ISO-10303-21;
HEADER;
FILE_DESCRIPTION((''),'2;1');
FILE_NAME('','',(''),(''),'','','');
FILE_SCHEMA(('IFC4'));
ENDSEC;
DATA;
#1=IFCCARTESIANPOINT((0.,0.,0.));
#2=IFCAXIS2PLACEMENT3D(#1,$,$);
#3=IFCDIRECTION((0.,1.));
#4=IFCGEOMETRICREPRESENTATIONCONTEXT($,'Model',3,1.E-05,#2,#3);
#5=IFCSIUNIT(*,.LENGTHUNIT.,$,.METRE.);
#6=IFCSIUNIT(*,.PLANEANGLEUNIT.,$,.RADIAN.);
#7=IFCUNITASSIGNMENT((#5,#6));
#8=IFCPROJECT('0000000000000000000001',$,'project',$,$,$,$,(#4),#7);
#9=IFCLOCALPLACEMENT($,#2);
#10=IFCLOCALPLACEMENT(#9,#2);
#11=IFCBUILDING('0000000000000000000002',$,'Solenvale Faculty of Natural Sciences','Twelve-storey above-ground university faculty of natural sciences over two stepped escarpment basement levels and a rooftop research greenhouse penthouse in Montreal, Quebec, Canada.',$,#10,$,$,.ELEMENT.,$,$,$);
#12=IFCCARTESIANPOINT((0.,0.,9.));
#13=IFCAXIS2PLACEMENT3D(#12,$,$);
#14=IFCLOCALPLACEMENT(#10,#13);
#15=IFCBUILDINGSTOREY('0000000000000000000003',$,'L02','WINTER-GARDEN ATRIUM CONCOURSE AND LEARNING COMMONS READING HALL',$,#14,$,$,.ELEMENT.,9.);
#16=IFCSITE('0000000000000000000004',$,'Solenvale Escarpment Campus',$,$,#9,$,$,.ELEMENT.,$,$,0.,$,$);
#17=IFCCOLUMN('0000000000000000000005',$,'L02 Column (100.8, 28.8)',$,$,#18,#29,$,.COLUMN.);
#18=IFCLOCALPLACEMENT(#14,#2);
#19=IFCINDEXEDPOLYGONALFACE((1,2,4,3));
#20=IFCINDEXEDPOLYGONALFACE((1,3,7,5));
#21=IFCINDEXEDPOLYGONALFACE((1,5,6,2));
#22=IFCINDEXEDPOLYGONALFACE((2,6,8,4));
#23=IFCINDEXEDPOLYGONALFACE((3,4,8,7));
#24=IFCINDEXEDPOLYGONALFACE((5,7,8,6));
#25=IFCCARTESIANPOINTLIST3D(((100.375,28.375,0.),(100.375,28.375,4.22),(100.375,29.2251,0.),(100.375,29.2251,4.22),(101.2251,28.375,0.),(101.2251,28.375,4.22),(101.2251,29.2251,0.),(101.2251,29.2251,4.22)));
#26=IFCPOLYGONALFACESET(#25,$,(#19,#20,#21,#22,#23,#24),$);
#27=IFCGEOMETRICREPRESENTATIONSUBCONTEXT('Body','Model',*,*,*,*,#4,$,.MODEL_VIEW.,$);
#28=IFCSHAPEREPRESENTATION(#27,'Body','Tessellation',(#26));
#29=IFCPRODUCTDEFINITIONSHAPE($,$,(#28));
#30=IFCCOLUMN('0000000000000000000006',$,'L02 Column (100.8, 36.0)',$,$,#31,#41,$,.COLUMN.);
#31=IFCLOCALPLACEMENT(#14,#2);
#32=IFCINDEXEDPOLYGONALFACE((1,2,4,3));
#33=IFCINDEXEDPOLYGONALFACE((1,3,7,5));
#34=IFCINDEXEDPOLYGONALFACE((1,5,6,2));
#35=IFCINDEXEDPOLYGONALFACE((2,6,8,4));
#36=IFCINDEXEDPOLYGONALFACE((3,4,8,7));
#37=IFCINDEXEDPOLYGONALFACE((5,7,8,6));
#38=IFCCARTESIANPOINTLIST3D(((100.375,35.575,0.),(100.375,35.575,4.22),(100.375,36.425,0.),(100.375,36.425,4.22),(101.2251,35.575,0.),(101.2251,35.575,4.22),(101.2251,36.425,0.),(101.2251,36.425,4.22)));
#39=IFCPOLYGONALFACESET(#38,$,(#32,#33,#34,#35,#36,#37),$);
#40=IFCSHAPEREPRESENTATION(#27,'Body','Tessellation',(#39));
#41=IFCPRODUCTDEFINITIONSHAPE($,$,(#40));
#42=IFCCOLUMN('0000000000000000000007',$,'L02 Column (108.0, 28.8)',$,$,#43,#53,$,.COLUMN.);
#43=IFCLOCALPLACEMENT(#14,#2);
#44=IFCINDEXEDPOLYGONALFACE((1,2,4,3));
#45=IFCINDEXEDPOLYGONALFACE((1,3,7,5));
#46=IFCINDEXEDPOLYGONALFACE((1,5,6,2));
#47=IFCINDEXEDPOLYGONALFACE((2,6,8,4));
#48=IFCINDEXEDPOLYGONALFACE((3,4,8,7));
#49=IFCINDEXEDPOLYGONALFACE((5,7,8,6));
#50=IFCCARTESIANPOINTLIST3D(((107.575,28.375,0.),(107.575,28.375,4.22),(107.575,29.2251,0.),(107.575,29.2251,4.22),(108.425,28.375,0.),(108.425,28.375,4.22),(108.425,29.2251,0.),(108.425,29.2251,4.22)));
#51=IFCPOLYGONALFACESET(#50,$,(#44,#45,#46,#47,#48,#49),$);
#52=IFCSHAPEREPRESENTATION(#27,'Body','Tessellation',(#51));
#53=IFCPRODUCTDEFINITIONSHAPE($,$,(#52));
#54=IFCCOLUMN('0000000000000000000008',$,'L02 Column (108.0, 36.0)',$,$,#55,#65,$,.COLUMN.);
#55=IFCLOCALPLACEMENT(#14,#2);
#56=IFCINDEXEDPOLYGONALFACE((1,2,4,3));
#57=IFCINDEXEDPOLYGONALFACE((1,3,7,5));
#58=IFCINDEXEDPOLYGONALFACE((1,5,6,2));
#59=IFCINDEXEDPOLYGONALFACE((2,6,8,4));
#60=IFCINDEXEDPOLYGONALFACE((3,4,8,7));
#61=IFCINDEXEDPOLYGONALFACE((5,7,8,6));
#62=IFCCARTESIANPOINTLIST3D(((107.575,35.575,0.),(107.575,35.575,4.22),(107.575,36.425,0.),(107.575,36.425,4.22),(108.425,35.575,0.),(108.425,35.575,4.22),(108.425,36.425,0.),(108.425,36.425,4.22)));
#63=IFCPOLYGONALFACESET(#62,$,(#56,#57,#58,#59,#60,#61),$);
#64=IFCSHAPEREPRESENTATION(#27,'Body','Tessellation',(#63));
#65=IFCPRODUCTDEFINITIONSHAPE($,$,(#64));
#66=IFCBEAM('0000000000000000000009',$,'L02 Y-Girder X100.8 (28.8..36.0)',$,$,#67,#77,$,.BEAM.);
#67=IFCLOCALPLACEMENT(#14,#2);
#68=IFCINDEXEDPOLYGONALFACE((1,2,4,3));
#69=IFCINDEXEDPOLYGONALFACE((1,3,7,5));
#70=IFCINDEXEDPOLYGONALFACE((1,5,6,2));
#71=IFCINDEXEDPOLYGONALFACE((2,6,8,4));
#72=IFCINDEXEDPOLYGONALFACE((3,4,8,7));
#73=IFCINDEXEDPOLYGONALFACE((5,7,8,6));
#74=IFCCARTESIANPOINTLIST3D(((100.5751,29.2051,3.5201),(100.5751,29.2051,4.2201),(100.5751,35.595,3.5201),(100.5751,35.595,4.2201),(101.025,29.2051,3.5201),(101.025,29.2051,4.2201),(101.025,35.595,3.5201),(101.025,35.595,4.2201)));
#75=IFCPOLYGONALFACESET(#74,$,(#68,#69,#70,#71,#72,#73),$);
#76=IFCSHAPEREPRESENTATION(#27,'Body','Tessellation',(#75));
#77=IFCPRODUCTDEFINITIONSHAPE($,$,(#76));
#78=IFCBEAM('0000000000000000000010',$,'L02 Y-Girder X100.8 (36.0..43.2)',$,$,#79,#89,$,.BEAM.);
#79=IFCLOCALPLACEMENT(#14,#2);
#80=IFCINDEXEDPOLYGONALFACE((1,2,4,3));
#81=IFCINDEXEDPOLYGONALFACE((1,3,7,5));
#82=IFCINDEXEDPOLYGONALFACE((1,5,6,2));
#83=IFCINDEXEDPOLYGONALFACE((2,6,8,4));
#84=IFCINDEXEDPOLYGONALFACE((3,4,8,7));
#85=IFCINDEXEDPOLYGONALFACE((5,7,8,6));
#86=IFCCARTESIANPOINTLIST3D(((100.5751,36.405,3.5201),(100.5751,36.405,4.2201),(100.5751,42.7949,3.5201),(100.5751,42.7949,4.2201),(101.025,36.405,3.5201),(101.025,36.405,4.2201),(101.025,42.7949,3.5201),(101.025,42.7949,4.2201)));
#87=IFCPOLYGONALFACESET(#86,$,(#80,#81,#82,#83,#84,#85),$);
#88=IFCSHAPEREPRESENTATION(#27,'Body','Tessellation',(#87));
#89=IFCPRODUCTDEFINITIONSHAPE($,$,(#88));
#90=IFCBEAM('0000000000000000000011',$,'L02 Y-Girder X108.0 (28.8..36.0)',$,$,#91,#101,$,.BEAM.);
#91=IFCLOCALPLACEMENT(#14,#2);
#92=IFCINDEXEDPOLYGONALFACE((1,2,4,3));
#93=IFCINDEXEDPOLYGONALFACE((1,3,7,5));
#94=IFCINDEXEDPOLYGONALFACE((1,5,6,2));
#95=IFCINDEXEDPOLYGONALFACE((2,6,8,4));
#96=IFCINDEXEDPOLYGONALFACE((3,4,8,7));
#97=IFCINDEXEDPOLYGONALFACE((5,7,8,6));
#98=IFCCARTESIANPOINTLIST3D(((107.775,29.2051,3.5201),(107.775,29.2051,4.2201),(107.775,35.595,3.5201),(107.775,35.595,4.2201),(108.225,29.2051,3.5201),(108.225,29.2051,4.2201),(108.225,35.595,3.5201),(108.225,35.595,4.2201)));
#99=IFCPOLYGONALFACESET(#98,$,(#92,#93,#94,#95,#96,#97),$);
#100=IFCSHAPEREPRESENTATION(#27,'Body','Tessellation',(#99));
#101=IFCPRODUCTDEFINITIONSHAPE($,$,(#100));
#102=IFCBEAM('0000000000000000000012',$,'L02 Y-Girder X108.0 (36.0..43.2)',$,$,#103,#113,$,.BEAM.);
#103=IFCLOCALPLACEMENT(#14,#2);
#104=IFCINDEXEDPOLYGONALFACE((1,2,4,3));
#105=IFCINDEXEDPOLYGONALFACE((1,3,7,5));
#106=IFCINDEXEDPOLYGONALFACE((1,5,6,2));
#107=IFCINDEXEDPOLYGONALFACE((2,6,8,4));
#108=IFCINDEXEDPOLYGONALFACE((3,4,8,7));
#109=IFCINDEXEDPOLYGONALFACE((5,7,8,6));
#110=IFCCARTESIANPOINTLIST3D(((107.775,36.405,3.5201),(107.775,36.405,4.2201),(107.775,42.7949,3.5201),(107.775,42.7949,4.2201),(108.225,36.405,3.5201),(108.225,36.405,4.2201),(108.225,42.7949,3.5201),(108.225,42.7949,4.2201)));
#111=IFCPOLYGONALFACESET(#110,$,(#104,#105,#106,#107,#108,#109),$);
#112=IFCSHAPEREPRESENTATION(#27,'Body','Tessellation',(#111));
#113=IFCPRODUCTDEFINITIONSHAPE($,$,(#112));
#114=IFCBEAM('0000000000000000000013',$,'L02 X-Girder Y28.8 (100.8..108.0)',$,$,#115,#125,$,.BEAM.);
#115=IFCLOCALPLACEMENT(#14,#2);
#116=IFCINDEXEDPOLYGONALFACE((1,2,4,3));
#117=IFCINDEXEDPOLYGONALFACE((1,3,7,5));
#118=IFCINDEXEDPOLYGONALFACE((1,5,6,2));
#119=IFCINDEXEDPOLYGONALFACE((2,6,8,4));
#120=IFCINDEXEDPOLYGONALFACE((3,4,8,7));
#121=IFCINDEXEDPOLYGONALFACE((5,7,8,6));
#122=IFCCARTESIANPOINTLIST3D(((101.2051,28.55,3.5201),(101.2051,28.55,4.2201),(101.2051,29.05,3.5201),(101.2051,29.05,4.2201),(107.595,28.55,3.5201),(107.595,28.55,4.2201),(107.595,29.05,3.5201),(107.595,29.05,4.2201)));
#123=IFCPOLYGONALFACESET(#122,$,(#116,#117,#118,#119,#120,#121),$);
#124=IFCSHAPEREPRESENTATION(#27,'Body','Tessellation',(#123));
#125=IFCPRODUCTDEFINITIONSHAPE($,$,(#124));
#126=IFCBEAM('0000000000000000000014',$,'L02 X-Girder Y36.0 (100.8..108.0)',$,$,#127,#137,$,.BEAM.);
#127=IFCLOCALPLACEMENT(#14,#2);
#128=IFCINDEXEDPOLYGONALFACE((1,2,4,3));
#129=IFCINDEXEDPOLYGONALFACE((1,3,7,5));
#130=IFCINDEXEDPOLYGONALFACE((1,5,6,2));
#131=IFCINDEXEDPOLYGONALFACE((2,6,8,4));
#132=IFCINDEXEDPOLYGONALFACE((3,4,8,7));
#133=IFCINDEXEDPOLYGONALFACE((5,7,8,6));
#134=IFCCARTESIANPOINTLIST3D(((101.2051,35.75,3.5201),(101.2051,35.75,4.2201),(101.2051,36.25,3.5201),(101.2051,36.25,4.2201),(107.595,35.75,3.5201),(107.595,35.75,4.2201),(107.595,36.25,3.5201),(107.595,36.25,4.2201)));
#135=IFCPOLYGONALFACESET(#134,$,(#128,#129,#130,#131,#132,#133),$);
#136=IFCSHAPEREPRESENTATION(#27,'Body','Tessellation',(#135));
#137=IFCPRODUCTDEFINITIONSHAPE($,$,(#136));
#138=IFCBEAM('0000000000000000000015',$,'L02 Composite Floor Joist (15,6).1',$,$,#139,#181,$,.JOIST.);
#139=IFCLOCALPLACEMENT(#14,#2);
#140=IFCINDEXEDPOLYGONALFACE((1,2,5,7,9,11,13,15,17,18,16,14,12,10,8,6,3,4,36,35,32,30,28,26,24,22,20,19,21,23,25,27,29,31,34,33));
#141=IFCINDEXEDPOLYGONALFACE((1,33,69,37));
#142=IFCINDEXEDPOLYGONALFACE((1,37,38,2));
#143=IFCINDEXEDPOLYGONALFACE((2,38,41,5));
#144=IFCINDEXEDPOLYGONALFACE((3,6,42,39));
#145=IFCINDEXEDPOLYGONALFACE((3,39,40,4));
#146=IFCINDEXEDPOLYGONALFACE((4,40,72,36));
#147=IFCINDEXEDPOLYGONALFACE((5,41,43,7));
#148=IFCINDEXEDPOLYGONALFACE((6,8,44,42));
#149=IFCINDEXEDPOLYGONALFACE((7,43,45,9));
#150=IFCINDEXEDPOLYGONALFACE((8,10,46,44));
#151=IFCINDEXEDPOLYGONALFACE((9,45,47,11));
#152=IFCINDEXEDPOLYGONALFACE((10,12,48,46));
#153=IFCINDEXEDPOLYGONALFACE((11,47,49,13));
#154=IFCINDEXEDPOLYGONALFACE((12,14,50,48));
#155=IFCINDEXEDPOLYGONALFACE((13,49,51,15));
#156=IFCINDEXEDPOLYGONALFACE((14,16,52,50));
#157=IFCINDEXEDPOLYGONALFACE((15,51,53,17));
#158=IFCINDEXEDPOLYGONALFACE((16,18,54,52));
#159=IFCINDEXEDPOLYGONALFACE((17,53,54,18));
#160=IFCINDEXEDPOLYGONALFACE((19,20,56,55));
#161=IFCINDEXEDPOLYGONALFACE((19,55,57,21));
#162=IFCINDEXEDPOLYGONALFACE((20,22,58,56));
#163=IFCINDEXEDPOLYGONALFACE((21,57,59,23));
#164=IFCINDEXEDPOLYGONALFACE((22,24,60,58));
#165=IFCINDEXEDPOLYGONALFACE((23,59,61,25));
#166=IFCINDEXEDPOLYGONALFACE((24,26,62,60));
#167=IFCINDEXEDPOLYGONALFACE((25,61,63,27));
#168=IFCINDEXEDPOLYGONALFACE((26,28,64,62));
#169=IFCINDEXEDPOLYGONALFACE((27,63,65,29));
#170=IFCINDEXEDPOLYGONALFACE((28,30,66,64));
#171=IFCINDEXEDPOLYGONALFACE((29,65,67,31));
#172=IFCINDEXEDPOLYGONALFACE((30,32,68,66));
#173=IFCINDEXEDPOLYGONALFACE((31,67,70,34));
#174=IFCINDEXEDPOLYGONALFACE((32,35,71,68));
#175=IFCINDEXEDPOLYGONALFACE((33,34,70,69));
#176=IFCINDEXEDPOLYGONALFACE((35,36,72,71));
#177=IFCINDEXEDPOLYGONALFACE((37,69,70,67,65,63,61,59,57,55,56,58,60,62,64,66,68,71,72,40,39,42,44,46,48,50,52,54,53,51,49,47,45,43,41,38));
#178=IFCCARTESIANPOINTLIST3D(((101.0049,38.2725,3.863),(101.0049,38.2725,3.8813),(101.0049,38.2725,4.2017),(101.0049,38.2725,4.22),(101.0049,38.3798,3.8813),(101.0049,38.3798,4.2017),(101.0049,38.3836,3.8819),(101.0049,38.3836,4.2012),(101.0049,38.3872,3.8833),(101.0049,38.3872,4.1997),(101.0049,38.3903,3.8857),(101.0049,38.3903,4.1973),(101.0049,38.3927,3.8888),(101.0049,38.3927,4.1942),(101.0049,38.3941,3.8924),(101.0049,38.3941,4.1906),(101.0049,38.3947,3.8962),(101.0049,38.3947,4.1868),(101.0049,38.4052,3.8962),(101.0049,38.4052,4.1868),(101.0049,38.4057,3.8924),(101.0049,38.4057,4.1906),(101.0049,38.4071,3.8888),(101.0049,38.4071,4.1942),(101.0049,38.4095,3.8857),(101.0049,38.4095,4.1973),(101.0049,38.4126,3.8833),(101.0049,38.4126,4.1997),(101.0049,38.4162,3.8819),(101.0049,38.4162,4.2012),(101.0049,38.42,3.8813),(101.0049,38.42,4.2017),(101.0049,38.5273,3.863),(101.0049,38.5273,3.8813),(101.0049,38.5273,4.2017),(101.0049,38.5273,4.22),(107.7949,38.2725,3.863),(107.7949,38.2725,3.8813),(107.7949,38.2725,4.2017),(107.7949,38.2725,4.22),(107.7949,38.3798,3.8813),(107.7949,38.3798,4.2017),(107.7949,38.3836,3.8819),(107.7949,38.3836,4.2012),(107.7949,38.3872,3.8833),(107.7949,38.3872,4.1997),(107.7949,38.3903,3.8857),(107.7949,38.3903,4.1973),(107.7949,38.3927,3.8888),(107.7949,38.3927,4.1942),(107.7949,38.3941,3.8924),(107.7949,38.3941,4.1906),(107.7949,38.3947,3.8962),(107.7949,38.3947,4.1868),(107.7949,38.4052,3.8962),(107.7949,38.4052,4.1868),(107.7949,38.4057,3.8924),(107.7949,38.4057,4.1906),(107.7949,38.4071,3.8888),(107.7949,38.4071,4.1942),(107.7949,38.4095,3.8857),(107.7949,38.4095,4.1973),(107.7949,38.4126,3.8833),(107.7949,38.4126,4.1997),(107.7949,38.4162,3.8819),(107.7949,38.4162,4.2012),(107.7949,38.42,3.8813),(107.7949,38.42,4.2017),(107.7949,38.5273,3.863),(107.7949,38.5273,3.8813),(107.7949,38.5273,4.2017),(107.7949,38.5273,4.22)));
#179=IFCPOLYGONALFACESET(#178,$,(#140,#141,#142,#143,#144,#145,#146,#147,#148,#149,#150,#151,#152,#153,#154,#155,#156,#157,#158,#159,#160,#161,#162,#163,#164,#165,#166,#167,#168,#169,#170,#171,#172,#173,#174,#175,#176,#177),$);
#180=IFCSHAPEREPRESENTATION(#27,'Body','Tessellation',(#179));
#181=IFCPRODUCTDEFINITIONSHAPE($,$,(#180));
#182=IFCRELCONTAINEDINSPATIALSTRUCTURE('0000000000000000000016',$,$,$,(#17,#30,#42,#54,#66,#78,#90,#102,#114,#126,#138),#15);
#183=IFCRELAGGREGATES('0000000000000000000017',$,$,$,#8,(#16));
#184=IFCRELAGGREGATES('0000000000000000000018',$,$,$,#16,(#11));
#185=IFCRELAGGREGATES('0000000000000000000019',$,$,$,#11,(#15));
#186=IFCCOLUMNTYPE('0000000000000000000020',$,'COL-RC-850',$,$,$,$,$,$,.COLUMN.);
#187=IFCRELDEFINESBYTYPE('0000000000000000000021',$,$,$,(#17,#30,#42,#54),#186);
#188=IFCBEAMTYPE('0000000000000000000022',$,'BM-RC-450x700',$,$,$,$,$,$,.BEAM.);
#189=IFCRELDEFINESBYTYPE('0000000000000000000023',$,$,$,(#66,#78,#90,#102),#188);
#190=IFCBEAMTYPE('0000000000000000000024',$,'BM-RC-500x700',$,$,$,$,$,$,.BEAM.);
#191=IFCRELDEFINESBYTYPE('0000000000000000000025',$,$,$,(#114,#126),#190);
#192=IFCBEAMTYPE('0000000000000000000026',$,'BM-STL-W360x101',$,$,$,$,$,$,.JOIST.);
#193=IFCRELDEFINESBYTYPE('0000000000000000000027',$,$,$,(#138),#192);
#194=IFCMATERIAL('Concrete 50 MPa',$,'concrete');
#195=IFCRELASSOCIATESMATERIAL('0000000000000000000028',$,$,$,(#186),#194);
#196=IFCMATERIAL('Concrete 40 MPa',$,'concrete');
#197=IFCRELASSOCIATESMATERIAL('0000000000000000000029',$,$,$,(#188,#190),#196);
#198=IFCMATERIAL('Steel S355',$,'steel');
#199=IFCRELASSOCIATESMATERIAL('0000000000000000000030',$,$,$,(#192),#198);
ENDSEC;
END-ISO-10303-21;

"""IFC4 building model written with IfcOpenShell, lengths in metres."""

from ifc_helpers import new_model, si_unit, direction, frame, origin, origin_2d, place, context, subcontext, project, spatial, rectangle, i_section, extrude, material, material_profile, profile_set, type_object, element, save


model = new_model("IFC4")

# Units and contexts
model_context = context("Model", 3, precision=1e-05, world=origin(), true_north=direction((0.0, 1.0)))
body_context = subcontext(model_context, "Body", "Model", "MODEL_VIEW")
ifc_project = project(units=[si_unit("LENGTHUNIT", "METRE"), si_unit("PLANEANGLEUNIT", "RADIAN")], contexts=[model_context])

# Site, building, storey
site_placement = place(None, origin())
site = spatial("IfcSite", under=ifc_project, at=site_placement, Name="Solenvale Escarpment Campus", CompositionType="ELEMENT", RefElevation=0.0)
building_placement = place(site_placement, origin())
building = spatial("IfcBuilding", under=site, at=building_placement, Name="Solenvale Faculty of Natural Sciences", Description="Twelve-storey above-ground university faculty of natural sciences over two stepped escarpment basement levels and a rooftop research greenhouse penthouse in Montreal, Quebec, Canada.", CompositionType="ELEMENT")
storey_placement = place(building_placement, frame((0.0, 0.0, 9.0)))
storey = spatial("IfcBuildingStorey", under=building, at=storey_placement, Name="L02", Description="WINTER-GARDEN ATRIUM CONCOURSE AND LEARNING COMMONS READING HALL", CompositionType="ELEMENT", Elevation=9.0)

# Columns
ifc_material_1 = material(Name="Concrete 50 MPa", Category="concrete")
ifc_material_profile_1 = material_profile(ifc_material_1, rectangle(XDim=0.8501, YDim=0.8501, at=origin_2d()), Name="RC-COL-850x850")
ifc_profile_set_1 = profile_set([ifc_material_profile_1], Name="Concrete 50 MPa")
column_type = type_object("IfcColumnType", Name="COL-RC-850", PredefinedType="COLUMN", material=ifc_profile_set_1)
for number, where, z_axis, x_axis, name in (
    (1, (100.8, 28.8, 0.0), (0.0, 0.0, 1.0), (1.0, 0.0, 0.0), "L02 Column (100.8, 28.8)"),
    (2, (100.8, 36.0, 0.0), (0.0, 0.0, 1.0), (1.0, 0.0, 0.0), "L02 Column (100.8, 36.0)"),
    (3, (108.0, 28.8, 0.0), (0.0, 0.0, 1.0), (1.0, 0.0, 0.0), "L02 Column (108.0, 28.8)"),
    (4, (108.0, 36.0, 0.0), (0.0, 0.0, 1.0), (1.0, 0.0, 0.0), "L02 Column (108.0, 36.0)"),
):
    element("IfcColumn", number, at=place(storey_placement, frame(where, z_axis=z_axis, x_axis=x_axis)), inside=storey, type_object=column_type, Name=name, PredefinedType="COLUMN", context=body_context, shape_type="SweptSolid", body=[
        extrude(rectangle(XDim=0.8501, YDim=0.8501, at=origin_2d()), origin(), (0.0, 0.0, 1.0), 4.22),
    ])

# Beams
ifc_material_2 = material(Name="Concrete 40 MPa", Category="concrete")
ifc_material_profile_2 = material_profile(ifc_material_2, rectangle(XDim=0.45, YDim=0.7, at=origin_2d()), Name="RC-BM-450x700")
ifc_profile_set_2 = profile_set([ifc_material_profile_2], Name="Concrete 40 MPa")
beam_type_1 = type_object("IfcBeamType", Name="BM-RC-450x700", PredefinedType="BEAM", material=ifc_profile_set_2)
for number, where, z_axis, x_axis, name in (
    (5, (100.8, 29.2051, 3.8701), (0.0, 1.0, 0.0), (-1.0, 0.0, 0.0), "L02 Y-Girder X100.8 (28.8..36.0)"),
    (6, (100.8, 36.405, 3.8701), (0.0, 1.0, 0.0), (-1.0, 0.0, 0.0), "L02 Y-Girder X100.8 (36.0..43.2)"),
    (7, (108.0, 29.2051, 3.8701), (0.0, 1.0, 0.0), (-1.0, 0.0, 0.0), "L02 Y-Girder X108.0 (28.8..36.0)"),
    (8, (108.0, 36.405, 3.8701), (0.0, 1.0, 0.0), (-1.0, 0.0, 0.0), "L02 Y-Girder X108.0 (36.0..43.2)"),
):
    element("IfcBeam", number, at=place(storey_placement, frame(where, z_axis=z_axis, x_axis=x_axis)), inside=storey, type_object=beam_type_1, Name=name, PredefinedType="BEAM", context=body_context, shape_type="SweptSolid", body=[
        extrude(rectangle(XDim=0.45, YDim=0.7, at=origin_2d()), origin(), (0.0, 0.0, 1.0), 6.3899),
    ])
ifc_material_profile_3 = material_profile(ifc_material_2, rectangle(XDim=0.5, YDim=0.7, at=origin_2d()), Name="RC-BM-500x700")
ifc_profile_set_3 = profile_set([ifc_material_profile_3], Name="Concrete 40 MPa")
beam_type_2 = type_object("IfcBeamType", Name="BM-RC-500x700", PredefinedType="BEAM", material=ifc_profile_set_3)
for number, where, z_axis, x_axis, name in (
    (9, (101.2051, 28.8, 3.8701), (1.0, 0.0, 0.0), (0.0, 1.0, 0.0), "L02 X-Girder Y28.8 (100.8..108.0)"),
    (10, (101.2051, 36.0, 3.8701), (1.0, 0.0, 0.0), (0.0, 1.0, 0.0), "L02 X-Girder Y36.0 (100.8..108.0)"),
):
    element("IfcBeam", number, at=place(storey_placement, frame(where, z_axis=z_axis, x_axis=x_axis)), inside=storey, type_object=beam_type_2, Name=name, PredefinedType="BEAM", context=body_context, shape_type="SweptSolid", body=[
        extrude(rectangle(XDim=0.5, YDim=0.7, at=origin_2d()), origin(), (0.0, 0.0, 1.0), 6.3899),
    ])
ifc_material_3 = material(Name="Steel S355", Category="steel")
ifc_material_profile_4 = material_profile(ifc_material_3, i_section(OverallWidth=0.2549, OverallDepth=0.3569, WebThickness=0.0105, FlangeThickness=0.0183, FilletRadius=0.0149, at=origin_2d()), Name="W360x101")
ifc_profile_set_4 = profile_set([ifc_material_profile_4], Name="Steel S355")
beam_type_3 = type_object("IfcBeamType", Name="BM-STL-W360x101", PredefinedType="JOIST", material=ifc_profile_set_4)
for number, where, z_axis, x_axis, name in (
    (11, (101.0049, 38.3999, 4.0415), (1.0, 0.0, 0.0), (0.0, 1.0, 0.0), "L02 Composite Floor Joist (15,6).1"),
):
    element("IfcBeam", number, at=place(storey_placement, frame(where, z_axis=z_axis, x_axis=x_axis)), inside=storey, type_object=beam_type_3, Name=name, PredefinedType="JOIST", context=body_context, shape_type="SweptSolid", body=[
        extrude(i_section(OverallWidth=0.2549, OverallDepth=0.3569, WebThickness=0.0105, FlangeThickness=0.0183, FilletRadius=0.0149, at=origin_2d()), origin(), (0.0, 0.0, 1.0), 6.79),
    ])

save(model, "model.ifc")
